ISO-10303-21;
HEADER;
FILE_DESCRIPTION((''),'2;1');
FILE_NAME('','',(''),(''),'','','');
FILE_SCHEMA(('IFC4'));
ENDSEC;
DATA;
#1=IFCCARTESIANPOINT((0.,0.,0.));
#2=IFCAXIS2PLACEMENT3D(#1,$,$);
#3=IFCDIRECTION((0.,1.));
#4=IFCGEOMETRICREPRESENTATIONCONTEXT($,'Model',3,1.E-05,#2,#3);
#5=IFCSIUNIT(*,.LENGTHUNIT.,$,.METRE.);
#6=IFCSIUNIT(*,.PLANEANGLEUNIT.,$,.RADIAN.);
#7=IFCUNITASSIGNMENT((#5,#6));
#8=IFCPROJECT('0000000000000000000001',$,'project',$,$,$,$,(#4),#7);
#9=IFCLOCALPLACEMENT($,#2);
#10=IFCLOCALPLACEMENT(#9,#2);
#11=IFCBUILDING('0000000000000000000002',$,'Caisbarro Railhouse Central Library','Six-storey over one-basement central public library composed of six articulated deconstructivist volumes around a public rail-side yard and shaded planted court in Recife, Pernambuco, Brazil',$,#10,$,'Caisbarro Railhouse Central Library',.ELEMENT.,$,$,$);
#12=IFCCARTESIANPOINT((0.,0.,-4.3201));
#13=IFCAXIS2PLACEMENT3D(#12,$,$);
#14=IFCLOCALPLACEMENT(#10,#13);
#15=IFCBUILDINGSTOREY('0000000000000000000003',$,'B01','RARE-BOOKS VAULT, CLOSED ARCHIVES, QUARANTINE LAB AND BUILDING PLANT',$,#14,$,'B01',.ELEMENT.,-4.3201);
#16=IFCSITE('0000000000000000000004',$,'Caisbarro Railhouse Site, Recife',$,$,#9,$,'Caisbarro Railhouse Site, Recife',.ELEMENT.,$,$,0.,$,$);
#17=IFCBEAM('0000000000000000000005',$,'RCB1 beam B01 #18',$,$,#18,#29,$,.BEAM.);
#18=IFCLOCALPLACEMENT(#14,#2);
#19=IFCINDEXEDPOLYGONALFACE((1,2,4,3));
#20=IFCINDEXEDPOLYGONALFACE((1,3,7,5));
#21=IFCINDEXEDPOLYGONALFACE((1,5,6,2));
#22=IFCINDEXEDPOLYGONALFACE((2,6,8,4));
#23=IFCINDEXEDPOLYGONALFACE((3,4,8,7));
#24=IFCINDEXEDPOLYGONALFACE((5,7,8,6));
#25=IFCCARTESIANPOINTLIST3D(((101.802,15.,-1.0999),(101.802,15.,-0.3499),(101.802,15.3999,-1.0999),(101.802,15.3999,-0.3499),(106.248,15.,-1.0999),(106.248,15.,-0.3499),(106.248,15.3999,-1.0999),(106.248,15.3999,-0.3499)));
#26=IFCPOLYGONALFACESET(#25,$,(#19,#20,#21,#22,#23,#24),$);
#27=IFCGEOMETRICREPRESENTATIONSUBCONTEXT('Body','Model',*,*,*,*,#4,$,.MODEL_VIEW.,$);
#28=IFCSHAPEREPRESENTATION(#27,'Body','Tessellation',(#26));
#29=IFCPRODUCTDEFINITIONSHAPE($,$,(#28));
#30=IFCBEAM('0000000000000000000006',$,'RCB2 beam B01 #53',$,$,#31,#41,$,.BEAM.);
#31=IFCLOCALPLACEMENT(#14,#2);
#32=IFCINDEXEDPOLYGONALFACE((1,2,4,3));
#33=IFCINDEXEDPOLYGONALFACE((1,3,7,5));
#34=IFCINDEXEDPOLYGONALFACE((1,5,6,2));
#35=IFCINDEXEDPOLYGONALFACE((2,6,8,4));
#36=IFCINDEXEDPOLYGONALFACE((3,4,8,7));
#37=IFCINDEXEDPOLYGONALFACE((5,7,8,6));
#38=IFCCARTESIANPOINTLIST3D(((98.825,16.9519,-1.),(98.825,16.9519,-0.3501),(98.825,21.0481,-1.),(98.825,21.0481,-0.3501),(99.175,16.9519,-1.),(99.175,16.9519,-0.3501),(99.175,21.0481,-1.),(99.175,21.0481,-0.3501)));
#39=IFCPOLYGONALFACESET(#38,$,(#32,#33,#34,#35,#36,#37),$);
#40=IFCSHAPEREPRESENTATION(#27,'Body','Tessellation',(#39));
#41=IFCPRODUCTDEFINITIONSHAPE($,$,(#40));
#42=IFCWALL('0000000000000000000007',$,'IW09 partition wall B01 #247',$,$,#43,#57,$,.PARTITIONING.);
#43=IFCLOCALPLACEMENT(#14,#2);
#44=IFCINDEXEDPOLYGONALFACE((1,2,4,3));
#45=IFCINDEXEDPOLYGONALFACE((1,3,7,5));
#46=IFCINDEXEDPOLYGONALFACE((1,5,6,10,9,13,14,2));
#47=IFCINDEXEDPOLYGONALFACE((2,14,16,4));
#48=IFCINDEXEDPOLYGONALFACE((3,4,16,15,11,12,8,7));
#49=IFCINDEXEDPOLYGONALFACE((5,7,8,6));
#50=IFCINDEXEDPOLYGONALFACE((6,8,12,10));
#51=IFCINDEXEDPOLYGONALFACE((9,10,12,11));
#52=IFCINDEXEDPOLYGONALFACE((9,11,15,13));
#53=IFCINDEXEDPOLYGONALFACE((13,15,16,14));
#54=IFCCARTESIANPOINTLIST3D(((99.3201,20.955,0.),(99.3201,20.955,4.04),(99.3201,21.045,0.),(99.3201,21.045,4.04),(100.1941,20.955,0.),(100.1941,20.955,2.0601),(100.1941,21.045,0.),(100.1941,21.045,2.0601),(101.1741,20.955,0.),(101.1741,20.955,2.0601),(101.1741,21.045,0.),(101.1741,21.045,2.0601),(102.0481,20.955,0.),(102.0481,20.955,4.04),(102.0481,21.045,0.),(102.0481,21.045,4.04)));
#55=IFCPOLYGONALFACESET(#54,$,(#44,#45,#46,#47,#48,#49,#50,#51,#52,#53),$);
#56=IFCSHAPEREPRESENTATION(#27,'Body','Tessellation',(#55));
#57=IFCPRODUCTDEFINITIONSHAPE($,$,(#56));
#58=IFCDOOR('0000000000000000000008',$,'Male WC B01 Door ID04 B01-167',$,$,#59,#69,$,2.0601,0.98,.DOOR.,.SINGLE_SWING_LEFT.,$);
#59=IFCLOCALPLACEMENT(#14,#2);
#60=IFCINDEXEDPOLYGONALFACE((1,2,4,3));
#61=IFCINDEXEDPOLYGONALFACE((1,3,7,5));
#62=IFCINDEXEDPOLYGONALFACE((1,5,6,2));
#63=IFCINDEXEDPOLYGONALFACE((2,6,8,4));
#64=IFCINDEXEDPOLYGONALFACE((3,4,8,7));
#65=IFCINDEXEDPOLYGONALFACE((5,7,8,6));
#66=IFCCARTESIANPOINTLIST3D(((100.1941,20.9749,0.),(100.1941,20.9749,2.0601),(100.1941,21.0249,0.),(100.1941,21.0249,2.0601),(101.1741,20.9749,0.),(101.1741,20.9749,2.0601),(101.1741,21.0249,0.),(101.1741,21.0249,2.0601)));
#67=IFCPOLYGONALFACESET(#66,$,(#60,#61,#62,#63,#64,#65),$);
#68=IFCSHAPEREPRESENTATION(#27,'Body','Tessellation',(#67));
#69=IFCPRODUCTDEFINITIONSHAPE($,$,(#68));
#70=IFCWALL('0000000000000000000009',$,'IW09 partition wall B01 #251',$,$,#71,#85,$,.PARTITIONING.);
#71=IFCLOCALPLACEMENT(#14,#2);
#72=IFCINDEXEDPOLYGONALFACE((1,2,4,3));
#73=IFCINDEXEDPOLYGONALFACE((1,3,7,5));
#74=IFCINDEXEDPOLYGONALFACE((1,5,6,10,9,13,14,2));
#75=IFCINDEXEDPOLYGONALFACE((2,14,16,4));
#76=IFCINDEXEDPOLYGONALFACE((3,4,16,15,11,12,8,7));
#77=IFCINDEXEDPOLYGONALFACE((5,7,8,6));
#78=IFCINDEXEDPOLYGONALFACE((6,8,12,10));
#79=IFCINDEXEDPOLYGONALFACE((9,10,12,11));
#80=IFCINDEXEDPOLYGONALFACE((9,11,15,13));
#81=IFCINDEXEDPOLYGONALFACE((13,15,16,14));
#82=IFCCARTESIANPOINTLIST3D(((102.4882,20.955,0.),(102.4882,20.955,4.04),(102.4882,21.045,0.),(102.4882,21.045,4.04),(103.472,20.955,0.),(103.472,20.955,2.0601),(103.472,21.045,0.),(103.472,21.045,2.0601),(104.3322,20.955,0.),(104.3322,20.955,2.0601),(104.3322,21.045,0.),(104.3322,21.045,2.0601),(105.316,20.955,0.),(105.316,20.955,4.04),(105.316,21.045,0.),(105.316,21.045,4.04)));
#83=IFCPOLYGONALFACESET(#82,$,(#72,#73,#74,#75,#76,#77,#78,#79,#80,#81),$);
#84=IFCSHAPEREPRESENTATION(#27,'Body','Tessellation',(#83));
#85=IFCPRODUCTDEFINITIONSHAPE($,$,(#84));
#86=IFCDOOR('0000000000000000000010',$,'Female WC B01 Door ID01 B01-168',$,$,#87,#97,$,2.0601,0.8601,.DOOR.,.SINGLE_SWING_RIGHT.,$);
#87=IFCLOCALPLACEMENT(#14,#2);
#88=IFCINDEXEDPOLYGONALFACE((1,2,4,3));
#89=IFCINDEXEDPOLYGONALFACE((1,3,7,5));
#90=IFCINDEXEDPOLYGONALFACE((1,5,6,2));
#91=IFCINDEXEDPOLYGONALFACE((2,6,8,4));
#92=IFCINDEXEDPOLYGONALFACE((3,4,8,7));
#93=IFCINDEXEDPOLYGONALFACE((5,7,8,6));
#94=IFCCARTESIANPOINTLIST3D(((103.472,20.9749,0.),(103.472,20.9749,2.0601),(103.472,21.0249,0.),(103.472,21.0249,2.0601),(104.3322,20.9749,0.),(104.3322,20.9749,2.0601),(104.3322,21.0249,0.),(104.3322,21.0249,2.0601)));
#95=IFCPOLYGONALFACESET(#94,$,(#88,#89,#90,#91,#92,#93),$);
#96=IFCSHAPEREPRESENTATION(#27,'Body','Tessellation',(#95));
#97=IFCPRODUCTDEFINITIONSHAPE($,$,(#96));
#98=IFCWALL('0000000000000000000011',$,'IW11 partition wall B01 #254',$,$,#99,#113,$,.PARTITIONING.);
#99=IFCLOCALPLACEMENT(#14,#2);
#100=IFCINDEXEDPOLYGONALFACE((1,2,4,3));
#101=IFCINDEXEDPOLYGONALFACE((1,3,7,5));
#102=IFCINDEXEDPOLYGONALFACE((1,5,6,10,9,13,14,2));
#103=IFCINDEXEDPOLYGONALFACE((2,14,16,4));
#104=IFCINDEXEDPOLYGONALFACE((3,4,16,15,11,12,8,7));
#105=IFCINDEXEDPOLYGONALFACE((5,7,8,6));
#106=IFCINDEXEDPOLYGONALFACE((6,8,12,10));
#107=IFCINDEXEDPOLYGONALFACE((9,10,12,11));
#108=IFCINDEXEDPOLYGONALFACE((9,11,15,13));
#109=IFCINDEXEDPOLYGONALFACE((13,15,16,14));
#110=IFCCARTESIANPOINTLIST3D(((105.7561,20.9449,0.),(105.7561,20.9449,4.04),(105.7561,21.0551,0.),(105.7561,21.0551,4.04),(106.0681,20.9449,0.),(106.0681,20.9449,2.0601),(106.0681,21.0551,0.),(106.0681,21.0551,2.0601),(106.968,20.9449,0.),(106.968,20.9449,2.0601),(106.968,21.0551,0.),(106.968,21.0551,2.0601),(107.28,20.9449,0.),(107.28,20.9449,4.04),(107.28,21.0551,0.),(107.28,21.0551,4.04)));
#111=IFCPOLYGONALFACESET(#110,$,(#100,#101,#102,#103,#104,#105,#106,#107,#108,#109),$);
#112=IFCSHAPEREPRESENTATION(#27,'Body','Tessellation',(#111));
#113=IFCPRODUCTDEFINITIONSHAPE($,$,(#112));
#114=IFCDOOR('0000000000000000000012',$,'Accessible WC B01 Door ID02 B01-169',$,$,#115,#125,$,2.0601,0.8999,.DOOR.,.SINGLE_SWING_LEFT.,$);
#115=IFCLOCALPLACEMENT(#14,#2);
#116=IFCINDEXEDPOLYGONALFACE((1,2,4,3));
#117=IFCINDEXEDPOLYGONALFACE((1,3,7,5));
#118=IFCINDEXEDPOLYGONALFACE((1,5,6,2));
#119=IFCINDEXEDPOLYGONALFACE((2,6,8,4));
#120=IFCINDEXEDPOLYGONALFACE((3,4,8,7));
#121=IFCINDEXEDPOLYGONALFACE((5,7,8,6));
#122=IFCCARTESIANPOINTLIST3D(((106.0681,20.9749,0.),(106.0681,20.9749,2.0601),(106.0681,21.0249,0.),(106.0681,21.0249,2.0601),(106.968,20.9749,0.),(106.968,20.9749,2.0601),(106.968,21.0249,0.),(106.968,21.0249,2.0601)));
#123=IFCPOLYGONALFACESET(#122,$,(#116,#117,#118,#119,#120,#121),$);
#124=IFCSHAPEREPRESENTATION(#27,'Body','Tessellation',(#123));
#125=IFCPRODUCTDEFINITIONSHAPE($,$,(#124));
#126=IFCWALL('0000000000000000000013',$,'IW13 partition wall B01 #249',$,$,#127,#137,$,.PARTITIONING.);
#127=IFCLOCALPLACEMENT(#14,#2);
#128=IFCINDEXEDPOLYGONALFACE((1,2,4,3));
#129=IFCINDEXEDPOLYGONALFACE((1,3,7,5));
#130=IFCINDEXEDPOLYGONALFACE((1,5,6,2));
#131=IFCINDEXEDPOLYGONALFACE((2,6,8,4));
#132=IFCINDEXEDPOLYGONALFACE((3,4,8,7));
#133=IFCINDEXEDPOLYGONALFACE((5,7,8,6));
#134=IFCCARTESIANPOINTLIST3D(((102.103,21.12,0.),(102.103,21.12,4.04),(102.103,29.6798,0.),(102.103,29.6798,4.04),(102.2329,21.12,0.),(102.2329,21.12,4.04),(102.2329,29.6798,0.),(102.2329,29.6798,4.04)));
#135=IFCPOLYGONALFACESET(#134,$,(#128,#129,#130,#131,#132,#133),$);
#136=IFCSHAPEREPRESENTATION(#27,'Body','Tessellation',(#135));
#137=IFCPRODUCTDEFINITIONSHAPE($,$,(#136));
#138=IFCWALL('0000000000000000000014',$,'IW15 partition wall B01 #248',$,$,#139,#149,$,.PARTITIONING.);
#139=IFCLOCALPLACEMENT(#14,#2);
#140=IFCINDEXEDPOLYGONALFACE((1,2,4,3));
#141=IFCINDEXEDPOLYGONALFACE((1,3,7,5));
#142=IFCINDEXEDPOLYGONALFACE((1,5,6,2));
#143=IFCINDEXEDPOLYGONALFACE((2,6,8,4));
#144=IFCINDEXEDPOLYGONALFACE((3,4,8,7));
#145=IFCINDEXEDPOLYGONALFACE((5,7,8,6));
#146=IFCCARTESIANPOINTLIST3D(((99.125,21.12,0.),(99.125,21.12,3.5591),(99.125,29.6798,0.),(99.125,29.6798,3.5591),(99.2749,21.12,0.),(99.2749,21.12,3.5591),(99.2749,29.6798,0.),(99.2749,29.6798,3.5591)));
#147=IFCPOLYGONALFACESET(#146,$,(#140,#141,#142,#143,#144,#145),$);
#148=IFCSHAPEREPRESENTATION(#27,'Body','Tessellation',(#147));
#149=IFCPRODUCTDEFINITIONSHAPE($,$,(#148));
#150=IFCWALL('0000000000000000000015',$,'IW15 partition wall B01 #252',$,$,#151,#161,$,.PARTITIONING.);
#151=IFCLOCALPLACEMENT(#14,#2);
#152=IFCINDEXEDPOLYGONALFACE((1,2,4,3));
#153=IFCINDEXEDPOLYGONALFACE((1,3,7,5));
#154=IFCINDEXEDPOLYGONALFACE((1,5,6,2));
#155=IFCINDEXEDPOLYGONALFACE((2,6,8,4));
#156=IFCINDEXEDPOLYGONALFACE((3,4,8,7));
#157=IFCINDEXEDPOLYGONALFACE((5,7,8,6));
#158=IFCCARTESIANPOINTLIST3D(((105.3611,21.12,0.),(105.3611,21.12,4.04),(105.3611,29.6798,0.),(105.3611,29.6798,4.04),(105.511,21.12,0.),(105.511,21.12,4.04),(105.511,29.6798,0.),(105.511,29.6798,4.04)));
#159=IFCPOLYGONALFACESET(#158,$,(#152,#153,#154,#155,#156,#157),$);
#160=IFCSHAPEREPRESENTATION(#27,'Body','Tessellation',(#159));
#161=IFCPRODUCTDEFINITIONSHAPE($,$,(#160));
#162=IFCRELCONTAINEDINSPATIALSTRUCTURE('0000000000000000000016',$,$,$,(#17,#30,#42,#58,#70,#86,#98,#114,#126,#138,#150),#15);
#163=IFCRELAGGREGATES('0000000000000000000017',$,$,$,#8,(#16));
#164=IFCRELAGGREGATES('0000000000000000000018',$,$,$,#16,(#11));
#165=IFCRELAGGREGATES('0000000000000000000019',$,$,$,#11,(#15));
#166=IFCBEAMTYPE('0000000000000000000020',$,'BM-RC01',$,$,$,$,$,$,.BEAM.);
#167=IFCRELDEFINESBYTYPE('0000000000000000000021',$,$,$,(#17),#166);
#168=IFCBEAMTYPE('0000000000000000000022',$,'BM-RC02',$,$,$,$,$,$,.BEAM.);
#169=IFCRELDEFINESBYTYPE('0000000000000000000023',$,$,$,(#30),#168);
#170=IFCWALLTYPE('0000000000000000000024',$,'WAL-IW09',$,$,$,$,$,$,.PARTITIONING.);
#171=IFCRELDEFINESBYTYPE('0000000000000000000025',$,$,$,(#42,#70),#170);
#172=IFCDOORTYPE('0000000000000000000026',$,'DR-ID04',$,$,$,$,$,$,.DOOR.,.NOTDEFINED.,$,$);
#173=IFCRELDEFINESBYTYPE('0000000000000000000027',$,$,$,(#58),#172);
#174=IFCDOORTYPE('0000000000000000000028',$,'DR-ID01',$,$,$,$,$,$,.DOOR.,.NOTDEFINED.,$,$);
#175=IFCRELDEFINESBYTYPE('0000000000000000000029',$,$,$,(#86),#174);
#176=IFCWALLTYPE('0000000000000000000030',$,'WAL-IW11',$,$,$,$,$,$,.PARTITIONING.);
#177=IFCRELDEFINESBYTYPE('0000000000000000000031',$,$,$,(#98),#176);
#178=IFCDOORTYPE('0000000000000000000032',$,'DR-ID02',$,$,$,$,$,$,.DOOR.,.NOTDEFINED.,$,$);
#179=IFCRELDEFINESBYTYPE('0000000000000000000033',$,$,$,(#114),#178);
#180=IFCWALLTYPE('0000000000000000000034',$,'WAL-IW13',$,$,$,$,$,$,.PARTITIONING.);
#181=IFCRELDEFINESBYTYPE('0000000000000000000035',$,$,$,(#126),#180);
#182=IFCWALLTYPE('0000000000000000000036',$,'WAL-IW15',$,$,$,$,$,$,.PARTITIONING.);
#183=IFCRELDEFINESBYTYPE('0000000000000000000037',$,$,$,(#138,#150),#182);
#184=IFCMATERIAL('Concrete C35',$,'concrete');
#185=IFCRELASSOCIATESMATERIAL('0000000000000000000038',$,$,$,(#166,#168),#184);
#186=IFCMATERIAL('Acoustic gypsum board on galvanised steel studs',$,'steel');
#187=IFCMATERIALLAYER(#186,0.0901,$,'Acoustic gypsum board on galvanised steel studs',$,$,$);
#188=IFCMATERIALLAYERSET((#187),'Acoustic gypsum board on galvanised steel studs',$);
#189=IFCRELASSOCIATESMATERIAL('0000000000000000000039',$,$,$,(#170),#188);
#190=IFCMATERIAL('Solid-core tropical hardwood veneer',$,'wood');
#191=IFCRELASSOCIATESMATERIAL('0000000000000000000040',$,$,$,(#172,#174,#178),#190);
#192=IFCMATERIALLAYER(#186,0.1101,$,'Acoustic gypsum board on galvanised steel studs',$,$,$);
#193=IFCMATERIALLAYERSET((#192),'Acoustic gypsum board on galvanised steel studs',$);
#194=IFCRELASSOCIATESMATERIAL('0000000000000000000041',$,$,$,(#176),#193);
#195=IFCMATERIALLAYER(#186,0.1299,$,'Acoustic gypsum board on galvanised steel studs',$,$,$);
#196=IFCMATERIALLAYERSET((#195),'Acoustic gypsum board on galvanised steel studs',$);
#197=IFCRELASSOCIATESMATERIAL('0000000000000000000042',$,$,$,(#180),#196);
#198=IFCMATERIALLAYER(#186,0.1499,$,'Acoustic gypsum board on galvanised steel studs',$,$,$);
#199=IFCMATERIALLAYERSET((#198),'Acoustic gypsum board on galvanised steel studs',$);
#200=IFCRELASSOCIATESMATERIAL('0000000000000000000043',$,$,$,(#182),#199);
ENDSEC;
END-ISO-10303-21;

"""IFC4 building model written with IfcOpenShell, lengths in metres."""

from ifc_helpers import new_model, si_unit, direction, frame, frame_2d, origin, origin_2d, place, context, subcontext, project, spatial, rectangle, extrude, material, layer, layer_set, material_profile, profile_set, type_object, element, fill, save


model = new_model("IFC4")

# Units and contexts
model_context = context("Model", 3, precision=1e-05, world=origin(), true_north=direction((0.0, 1.0)))
body_context = subcontext(model_context, "Body", "Model", "MODEL_VIEW")
ifc_project = project(units=[si_unit("LENGTHUNIT", "METRE"), si_unit("PLANEANGLEUNIT", "RADIAN")], contexts=[model_context])

# Site, building, storey
site_placement = place(None, origin())
site = spatial("IfcSite", under=ifc_project, at=site_placement, Name="Caisbarro Railhouse Site, Recife", LongName="Caisbarro Railhouse Site, Recife", CompositionType="ELEMENT", RefElevation=0.0)
building_placement = place(site_placement, origin())
building = spatial("IfcBuilding", under=site, at=building_placement, Name="Caisbarro Railhouse Central Library", Description="Six-storey over one-basement central public library composed of six articulated deconstructivist volumes around a public rail-side yard and shaded planted court in Recife, Pernambuco, Brazil", LongName="Caisbarro Railhouse Central Library", CompositionType="ELEMENT")
storey_placement = place(building_placement, frame((0.0, 0.0, -4.3201)))
storey = spatial("IfcBuildingStorey", under=building, at=storey_placement, Name="B01", Description="RARE-BOOKS VAULT, CLOSED ARCHIVES, QUARANTINE LAB AND BUILDING PLANT", LongName="B01", CompositionType="ELEMENT", Elevation=-4.3201)

# Shared definitions
ifc_material_1 = material(Name="Concrete C35", Category="concrete")

# Beams
ifc_material_profile_1 = material_profile(ifc_material_1, rectangle(XDim=0.3999, YDim=0.75, at=origin_2d()), Name="RC-BM-400X750")
ifc_profile_set_1 = profile_set([ifc_material_profile_1], Name="Concrete C35")
beam_type_1 = type_object("IfcBeamType", Name="BM-RC01", PredefinedType="BEAM", material=ifc_profile_set_1)
beam_1_placement = place(storey_placement, frame((101.802, 15.2, -0.7249), z_axis=(1.0, 0.0, 0.0), x_axis=(0.0, 1.0, 0.0)))
element("IfcBeam", 1, at=beam_1_placement, inside=storey, type_object=beam_type_1, Name="RCB1 beam B01 #18", PredefinedType="BEAM", context=body_context, shape_type="SweptSolid", body=[
    extrude(rectangle(XDim=0.3999, YDim=0.75, at=origin_2d()), origin(), (0.0, 0.0, 1.0), 4.446),
])
ifc_material_profile_2 = material_profile(ifc_material_1, rectangle(XDim=0.3501, YDim=0.6499, at=origin_2d()), Name="RC-BM-350X650")
ifc_profile_set_2 = profile_set([ifc_material_profile_2], Name="Concrete C35")
beam_type_2 = type_object("IfcBeamType", Name="BM-RC02", PredefinedType="BEAM", material=ifc_profile_set_2)
beam_2_placement = place(storey_placement, frame((99.0, 16.9519, -0.675), z_axis=(0.0, 1.0, 0.0), x_axis=(-1.0, 0.0, 0.0)))
element("IfcBeam", 2, at=beam_2_placement, inside=storey, type_object=beam_type_2, Name="RCB2 beam B01 #53", PredefinedType="BEAM", context=body_context, shape_type="SweptSolid", body=[
    extrude(rectangle(XDim=0.3501, YDim=0.6499, at=origin_2d()), origin(), (0.0, 0.0, 1.0), 4.0962),
])

# Walls, openings, doors
ifc_material_2 = material(Name="Acoustic gypsum board on galvanised steel studs", Category="steel")
ifc_layer_1 = layer(ifc_material_2, 0.0901, Name="Acoustic gypsum board on galvanised steel studs")
ifc_layer_set_1 = layer_set([ifc_layer_1], Name="Acoustic gypsum board on galvanised steel studs")
wall_type_1 = type_object("IfcWallType", Name="WAL-IW09", PredefinedType="PARTITIONING", material=ifc_layer_set_1)
wall_1_placement = place(storey_placement, frame((99.3201, 21.0, 0.0), z_axis=(0.0, 0.0, 1.0), x_axis=(1.0, 0.0, 0.0)))
wall_1 = element("IfcWall", 3, at=wall_1_placement, inside=storey, type_object=wall_type_1, Name="IW09 partition wall B01 #247", PredefinedType="PARTITIONING", context=body_context, shape_type="SweptSolid", body=[
    extrude(rectangle(XDim=2.728, YDim=0.0901, at=frame_2d((1.364, 0.0))), origin(), (0.0, 0.0, 1.0), 4.04),
])
opening_1_placement = place(wall_1_placement, frame((0.874, 0.0, 0.0)))
opening_1 = element("IfcOpeningElement", 4, at=opening_1_placement, cuts=wall_1, PredefinedType="OPENING", context=body_context, shape_type="SweptSolid", body=[
    extrude(rectangle(XDim=0.98, YDim=2.0601, at=frame_2d((0.49, 1.03))), frame((0.0, 0.0552, 0.0), z_axis=(0.0, -1.0, 0.0), x_axis=(1.0, 0.0, 0.0)), (0.0, 0.0, 1.0), 0.1101),
])
ifc_material_3 = material(Name="Solid-core tropical hardwood veneer", Category="wood")
door_type_1 = type_object("IfcDoorType", Name="DR-ID04", OperationType="NOTDEFINED", PredefinedType="DOOR", material=ifc_material_3)
door_1_placement = place(opening_1_placement, origin())
door_1 = element("IfcDoor", 5, at=door_1_placement, inside=storey, type_object=door_type_1, Name="Male WC B01 Door ID04 B01-167", OperationType="SINGLE_SWING_LEFT", OverallHeight=2.0601, OverallWidth=0.98, PredefinedType="DOOR", context=body_context, shape_type="SweptSolid", body=[
    extrude(rectangle(XDim=0.98, YDim=2.0601, at=frame_2d((0.49, 1.03))), frame((0.0, 0.0249, 0.0), z_axis=(0.0, -1.0, 0.0), x_axis=(1.0, 0.0, 0.0)), (0.0, 0.0, 1.0), 0.05),
])
fill(opening_1, door_1)
wall_2_placement = place(storey_placement, frame((102.488, 21.0, 0.0), z_axis=(0.0, 0.0, 1.0), x_axis=(1.0, 0.0, 0.0)))
wall_2 = element("IfcWall", 6, at=wall_2_placement, inside=storey, type_object=wall_type_1, Name="IW09 partition wall B01 #251", PredefinedType="PARTITIONING", context=body_context, shape_type="SweptSolid", body=[
    extrude(rectangle(XDim=2.8279, YDim=0.0901, at=frame_2d((1.4141, 0.0))), origin(), (0.0, 0.0, 1.0), 4.04),
])
opening_2_placement = place(wall_2_placement, frame((0.9839, 0.0, 0.0)))
opening_2 = element("IfcOpeningElement", 7, at=opening_2_placement, cuts=wall_2, PredefinedType="OPENING", context=body_context, shape_type="SweptSolid", body=[
    extrude(rectangle(XDim=0.8601, YDim=2.0601, at=frame_2d((0.4302, 1.03))), frame((0.0, 0.0552, 0.0), z_axis=(0.0, -1.0, 0.0), x_axis=(1.0, 0.0, 0.0)), (0.0, 0.0, 1.0), 0.1101),
])
door_type_2 = type_object("IfcDoorType", Name="DR-ID01", OperationType="NOTDEFINED", PredefinedType="DOOR", material=ifc_material_3)
door_2_placement = place(opening_2_placement, origin())
door_2 = element("IfcDoor", 8, at=door_2_placement, inside=storey, type_object=door_type_2, Name="Female WC B01 Door ID01 B01-168", OperationType="SINGLE_SWING_RIGHT", OverallHeight=2.0601, OverallWidth=0.8601, PredefinedType="DOOR", context=body_context, shape_type="SweptSolid", body=[
    extrude(rectangle(XDim=0.8601, YDim=2.0601, at=frame_2d((0.4302, 1.03))), frame((0.0, 0.0249, 0.0), z_axis=(0.0, -1.0, 0.0), x_axis=(1.0, 0.0, 0.0)), (0.0, 0.0, 1.0), 0.05),
])
fill(opening_2, door_2)
ifc_layer_2 = layer(ifc_material_2, 0.1101, Name="Acoustic gypsum board on galvanised steel studs")
ifc_layer_set_2 = layer_set([ifc_layer_2], Name="Acoustic gypsum board on galvanised steel studs")
wall_type_2 = type_object("IfcWallType", Name="WAL-IW11", PredefinedType="PARTITIONING", material=ifc_layer_set_2)
wall_3_placement = place(storey_placement, frame((105.7561, 21.0, 0.0), z_axis=(0.0, 0.0, 1.0), x_axis=(1.0, 0.0, 0.0)))
wall_3 = element("IfcWall", 9, at=wall_3_placement, inside=storey, type_object=wall_type_2, Name="IW11 partition wall B01 #254", PredefinedType="PARTITIONING", context=body_context, shape_type="SweptSolid", body=[
    extrude(rectangle(XDim=1.5239, YDim=0.1101, at=frame_2d((0.762, 0.0))), origin(), (0.0, 0.0, 1.0), 4.04),
])
opening_3_placement = place(wall_3_placement, frame((0.312, 0.0, 0.0)))
opening_3 = element("IfcOpeningElement", 10, at=opening_3_placement, cuts=wall_3, PredefinedType="OPENING", context=body_context, shape_type="SweptSolid", body=[
    extrude(rectangle(XDim=0.8999, YDim=2.0601, at=frame_2d((0.45, 1.03))), frame((0.0, 0.0649, 0.0), z_axis=(0.0, -1.0, 0.0), x_axis=(1.0, 0.0, 0.0)), (0.0, 0.0, 1.0), 0.1301),
])
door_type_3 = type_object("IfcDoorType", Name="DR-ID02", OperationType="NOTDEFINED", PredefinedType="DOOR", material=ifc_material_3)
door_3_placement = place(opening_3_placement, origin())
door_3 = element("IfcDoor", 11, at=door_3_placement, inside=storey, type_object=door_type_3, Name="Accessible WC B01 Door ID02 B01-169", OperationType="SINGLE_SWING_LEFT", OverallHeight=2.0601, OverallWidth=0.8999, PredefinedType="DOOR", context=body_context, shape_type="SweptSolid", body=[
    extrude(rectangle(XDim=0.8999, YDim=2.0601, at=frame_2d((0.45, 1.03))), frame((0.0, 0.0249, 0.0), z_axis=(0.0, -1.0, 0.0), x_axis=(1.0, 0.0, 0.0)), (0.0, 0.0, 1.0), 0.05),
])
fill(opening_3, door_3)

# Walls
ifc_layer_3 = layer(ifc_material_2, 0.1299, Name="Acoustic gypsum board on galvanised steel studs")
ifc_layer_set_3 = layer_set([ifc_layer_3], Name="Acoustic gypsum board on galvanised steel studs")
wall_type_3 = type_object("IfcWallType", Name="WAL-IW13", PredefinedType="PARTITIONING", material=ifc_layer_set_3)
wall_4_placement = place(storey_placement, frame((102.168, 21.1201, 0.0), z_axis=(0.0, 0.0, 1.0), x_axis=(0.0, 1.0, 0.0)))
element("IfcWall", 12, at=wall_4_placement, inside=storey, type_object=wall_type_3, Name="IW13 partition wall B01 #249", PredefinedType="PARTITIONING", context=body_context, shape_type="SweptSolid", body=[
    extrude(rectangle(XDim=8.5598, YDim=0.1299, at=frame_2d((4.2798, 0.0))), origin(), (0.0, 0.0, 1.0), 4.04),
])
ifc_layer_4 = layer(ifc_material_2, 0.1499, Name="Acoustic gypsum board on galvanised steel studs")
ifc_layer_set_4 = layer_set([ifc_layer_4], Name="Acoustic gypsum board on galvanised steel studs")
wall_type_4 = type_object("IfcWallType", Name="WAL-IW15", PredefinedType="PARTITIONING", material=ifc_layer_set_4)
wall_5_placement = place(storey_placement, frame((99.2, 21.1201, 0.0), z_axis=(0.0, 0.0, 1.0), x_axis=(0.0, 1.0, 0.0)))
element("IfcWall", 13, at=wall_5_placement, inside=storey, type_object=wall_type_4, Name="IW15 partition wall B01 #248", PredefinedType="PARTITIONING", context=body_context, shape_type="SweptSolid", body=[
    extrude(rectangle(XDim=8.5598, YDim=0.1499, at=frame_2d((4.2798, 0.0))), origin(), (0.0, 0.0, 1.0), 3.5591),
])
wall_6_placement = place(storey_placement, frame((105.436, 21.1201, 0.0), z_axis=(0.0, 0.0, 1.0), x_axis=(0.0, 1.0, 0.0)))
element("IfcWall", 14, at=wall_6_placement, inside=storey, type_object=wall_type_4, Name="IW15 partition wall B01 #252", PredefinedType="PARTITIONING", context=body_context, shape_type="SweptSolid", body=[
    extrude(rectangle(XDim=8.5598, YDim=0.1499, at=frame_2d((4.2798, 0.0))), origin(), (0.0, 0.0, 1.0), 4.04),
])

save(model, "model.ifc")
